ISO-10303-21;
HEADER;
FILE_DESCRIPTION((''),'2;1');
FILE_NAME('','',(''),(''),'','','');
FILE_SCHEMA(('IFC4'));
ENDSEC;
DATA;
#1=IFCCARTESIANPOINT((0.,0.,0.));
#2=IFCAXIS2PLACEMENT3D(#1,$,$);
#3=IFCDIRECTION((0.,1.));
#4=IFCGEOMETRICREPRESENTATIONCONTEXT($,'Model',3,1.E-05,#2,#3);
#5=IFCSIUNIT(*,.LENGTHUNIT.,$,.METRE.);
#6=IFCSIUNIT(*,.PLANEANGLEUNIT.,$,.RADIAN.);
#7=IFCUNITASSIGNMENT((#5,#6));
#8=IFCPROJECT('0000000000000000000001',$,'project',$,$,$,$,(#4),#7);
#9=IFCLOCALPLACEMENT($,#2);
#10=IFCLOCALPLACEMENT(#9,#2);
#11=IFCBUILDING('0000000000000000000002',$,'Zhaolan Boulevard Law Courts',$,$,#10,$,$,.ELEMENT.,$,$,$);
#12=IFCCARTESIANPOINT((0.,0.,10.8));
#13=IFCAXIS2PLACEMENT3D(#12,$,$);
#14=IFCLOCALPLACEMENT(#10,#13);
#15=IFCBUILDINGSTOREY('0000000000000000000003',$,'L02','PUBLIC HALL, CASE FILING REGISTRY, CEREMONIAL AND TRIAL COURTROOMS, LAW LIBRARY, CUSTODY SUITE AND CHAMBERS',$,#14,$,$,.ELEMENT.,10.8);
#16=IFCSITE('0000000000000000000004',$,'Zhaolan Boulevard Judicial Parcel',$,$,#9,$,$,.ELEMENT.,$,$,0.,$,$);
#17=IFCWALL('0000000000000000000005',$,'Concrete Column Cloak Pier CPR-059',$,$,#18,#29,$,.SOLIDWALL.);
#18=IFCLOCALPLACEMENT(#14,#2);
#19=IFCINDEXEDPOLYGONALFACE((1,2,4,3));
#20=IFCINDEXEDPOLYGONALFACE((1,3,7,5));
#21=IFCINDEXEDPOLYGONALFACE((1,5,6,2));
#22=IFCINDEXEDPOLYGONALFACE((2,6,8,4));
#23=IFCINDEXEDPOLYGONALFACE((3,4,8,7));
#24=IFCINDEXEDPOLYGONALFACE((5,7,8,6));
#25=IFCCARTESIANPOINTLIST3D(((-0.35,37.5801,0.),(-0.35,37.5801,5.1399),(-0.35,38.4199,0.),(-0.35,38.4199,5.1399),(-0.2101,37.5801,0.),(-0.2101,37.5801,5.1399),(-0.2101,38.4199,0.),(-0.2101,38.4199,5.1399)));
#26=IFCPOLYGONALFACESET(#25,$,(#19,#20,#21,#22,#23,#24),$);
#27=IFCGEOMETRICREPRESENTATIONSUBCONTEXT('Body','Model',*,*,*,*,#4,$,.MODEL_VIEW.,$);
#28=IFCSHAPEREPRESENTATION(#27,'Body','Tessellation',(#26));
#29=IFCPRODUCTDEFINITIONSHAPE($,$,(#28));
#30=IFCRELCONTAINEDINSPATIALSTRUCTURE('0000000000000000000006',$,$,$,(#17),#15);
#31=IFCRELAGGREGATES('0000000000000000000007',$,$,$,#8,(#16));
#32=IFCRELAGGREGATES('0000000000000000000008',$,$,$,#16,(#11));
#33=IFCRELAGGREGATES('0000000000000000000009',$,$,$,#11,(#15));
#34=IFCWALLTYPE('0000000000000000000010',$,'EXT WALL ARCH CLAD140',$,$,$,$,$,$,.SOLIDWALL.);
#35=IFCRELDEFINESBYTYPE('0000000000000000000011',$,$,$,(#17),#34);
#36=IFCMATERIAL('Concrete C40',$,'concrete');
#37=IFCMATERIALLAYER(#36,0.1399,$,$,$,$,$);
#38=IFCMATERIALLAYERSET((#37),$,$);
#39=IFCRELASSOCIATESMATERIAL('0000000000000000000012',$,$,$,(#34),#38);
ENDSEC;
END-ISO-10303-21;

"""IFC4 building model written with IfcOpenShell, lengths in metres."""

from ifc_helpers import new_model, si_unit, direction, frame, frame_2d, origin, place, context, subcontext, project, spatial, rectangle, extrude, material, layer, layer_set, type_object, element, save


model = new_model("IFC4")

# Units and contexts
model_context = context("Model", 3, precision=1e-05, world=origin(), true_north=direction((0.0, 1.0)))
body_context = subcontext(model_context, "Body", "Model", "MODEL_VIEW")
ifc_project = project(units=[si_unit("LENGTHUNIT", "METRE"), si_unit("PLANEANGLEUNIT", "RADIAN")], contexts=[model_context])

# Site, building, storey
site_placement = place(None, origin())
site = spatial("IfcSite", under=ifc_project, at=site_placement, Name="Zhaolan Boulevard Judicial Parcel", CompositionType="ELEMENT", RefElevation=0.0)
building_placement = place(site_placement, origin())
building = spatial("IfcBuilding", under=site, at=building_placement, Name="Zhaolan Boulevard Law Courts", CompositionType="ELEMENT")
storey_placement = place(building_placement, frame((0.0, 0.0, 10.8)))
storey = spatial("IfcBuildingStorey", under=building, at=storey_placement, Name="L02", Description="PUBLIC HALL, CASE FILING REGISTRY, CEREMONIAL AND TRIAL COURTROOMS, LAW LIBRARY, CUSTODY SUITE AND CHAMBERS", CompositionType="ELEMENT", Elevation=10.8)

# Wall
ifc_material_1 = material(Name="Concrete C40", Category="concrete")
ifc_layer_1 = layer(ifc_material_1, 0.1399)
ifc_layer_set_1 = layer_set([ifc_layer_1])
wall_type = type_object("IfcWallType", Name="EXT WALL ARCH CLAD140", PredefinedType="SOLIDWALL", material=ifc_layer_set_1)
wall_placement = place(storey_placement, frame((-0.28, 37.5801, 0.0), z_axis=(0.0, 0.0, 1.0), x_axis=(0.0, 1.0, 0.0)))
element("IfcWall", 1, at=wall_placement, inside=storey, type_object=wall_type, Name="Concrete Column Cloak Pier CPR-059", PredefinedType="SOLIDWALL", context=body_context, shape_type="SweptSolid", body=[
    extrude(rectangle(XDim=0.8398, YDim=0.1399, at=frame_2d((0.4199, 0.0))), origin(), (0.0, 0.0, 1.0), 5.1399),
])

save(model, "model.ifc")
